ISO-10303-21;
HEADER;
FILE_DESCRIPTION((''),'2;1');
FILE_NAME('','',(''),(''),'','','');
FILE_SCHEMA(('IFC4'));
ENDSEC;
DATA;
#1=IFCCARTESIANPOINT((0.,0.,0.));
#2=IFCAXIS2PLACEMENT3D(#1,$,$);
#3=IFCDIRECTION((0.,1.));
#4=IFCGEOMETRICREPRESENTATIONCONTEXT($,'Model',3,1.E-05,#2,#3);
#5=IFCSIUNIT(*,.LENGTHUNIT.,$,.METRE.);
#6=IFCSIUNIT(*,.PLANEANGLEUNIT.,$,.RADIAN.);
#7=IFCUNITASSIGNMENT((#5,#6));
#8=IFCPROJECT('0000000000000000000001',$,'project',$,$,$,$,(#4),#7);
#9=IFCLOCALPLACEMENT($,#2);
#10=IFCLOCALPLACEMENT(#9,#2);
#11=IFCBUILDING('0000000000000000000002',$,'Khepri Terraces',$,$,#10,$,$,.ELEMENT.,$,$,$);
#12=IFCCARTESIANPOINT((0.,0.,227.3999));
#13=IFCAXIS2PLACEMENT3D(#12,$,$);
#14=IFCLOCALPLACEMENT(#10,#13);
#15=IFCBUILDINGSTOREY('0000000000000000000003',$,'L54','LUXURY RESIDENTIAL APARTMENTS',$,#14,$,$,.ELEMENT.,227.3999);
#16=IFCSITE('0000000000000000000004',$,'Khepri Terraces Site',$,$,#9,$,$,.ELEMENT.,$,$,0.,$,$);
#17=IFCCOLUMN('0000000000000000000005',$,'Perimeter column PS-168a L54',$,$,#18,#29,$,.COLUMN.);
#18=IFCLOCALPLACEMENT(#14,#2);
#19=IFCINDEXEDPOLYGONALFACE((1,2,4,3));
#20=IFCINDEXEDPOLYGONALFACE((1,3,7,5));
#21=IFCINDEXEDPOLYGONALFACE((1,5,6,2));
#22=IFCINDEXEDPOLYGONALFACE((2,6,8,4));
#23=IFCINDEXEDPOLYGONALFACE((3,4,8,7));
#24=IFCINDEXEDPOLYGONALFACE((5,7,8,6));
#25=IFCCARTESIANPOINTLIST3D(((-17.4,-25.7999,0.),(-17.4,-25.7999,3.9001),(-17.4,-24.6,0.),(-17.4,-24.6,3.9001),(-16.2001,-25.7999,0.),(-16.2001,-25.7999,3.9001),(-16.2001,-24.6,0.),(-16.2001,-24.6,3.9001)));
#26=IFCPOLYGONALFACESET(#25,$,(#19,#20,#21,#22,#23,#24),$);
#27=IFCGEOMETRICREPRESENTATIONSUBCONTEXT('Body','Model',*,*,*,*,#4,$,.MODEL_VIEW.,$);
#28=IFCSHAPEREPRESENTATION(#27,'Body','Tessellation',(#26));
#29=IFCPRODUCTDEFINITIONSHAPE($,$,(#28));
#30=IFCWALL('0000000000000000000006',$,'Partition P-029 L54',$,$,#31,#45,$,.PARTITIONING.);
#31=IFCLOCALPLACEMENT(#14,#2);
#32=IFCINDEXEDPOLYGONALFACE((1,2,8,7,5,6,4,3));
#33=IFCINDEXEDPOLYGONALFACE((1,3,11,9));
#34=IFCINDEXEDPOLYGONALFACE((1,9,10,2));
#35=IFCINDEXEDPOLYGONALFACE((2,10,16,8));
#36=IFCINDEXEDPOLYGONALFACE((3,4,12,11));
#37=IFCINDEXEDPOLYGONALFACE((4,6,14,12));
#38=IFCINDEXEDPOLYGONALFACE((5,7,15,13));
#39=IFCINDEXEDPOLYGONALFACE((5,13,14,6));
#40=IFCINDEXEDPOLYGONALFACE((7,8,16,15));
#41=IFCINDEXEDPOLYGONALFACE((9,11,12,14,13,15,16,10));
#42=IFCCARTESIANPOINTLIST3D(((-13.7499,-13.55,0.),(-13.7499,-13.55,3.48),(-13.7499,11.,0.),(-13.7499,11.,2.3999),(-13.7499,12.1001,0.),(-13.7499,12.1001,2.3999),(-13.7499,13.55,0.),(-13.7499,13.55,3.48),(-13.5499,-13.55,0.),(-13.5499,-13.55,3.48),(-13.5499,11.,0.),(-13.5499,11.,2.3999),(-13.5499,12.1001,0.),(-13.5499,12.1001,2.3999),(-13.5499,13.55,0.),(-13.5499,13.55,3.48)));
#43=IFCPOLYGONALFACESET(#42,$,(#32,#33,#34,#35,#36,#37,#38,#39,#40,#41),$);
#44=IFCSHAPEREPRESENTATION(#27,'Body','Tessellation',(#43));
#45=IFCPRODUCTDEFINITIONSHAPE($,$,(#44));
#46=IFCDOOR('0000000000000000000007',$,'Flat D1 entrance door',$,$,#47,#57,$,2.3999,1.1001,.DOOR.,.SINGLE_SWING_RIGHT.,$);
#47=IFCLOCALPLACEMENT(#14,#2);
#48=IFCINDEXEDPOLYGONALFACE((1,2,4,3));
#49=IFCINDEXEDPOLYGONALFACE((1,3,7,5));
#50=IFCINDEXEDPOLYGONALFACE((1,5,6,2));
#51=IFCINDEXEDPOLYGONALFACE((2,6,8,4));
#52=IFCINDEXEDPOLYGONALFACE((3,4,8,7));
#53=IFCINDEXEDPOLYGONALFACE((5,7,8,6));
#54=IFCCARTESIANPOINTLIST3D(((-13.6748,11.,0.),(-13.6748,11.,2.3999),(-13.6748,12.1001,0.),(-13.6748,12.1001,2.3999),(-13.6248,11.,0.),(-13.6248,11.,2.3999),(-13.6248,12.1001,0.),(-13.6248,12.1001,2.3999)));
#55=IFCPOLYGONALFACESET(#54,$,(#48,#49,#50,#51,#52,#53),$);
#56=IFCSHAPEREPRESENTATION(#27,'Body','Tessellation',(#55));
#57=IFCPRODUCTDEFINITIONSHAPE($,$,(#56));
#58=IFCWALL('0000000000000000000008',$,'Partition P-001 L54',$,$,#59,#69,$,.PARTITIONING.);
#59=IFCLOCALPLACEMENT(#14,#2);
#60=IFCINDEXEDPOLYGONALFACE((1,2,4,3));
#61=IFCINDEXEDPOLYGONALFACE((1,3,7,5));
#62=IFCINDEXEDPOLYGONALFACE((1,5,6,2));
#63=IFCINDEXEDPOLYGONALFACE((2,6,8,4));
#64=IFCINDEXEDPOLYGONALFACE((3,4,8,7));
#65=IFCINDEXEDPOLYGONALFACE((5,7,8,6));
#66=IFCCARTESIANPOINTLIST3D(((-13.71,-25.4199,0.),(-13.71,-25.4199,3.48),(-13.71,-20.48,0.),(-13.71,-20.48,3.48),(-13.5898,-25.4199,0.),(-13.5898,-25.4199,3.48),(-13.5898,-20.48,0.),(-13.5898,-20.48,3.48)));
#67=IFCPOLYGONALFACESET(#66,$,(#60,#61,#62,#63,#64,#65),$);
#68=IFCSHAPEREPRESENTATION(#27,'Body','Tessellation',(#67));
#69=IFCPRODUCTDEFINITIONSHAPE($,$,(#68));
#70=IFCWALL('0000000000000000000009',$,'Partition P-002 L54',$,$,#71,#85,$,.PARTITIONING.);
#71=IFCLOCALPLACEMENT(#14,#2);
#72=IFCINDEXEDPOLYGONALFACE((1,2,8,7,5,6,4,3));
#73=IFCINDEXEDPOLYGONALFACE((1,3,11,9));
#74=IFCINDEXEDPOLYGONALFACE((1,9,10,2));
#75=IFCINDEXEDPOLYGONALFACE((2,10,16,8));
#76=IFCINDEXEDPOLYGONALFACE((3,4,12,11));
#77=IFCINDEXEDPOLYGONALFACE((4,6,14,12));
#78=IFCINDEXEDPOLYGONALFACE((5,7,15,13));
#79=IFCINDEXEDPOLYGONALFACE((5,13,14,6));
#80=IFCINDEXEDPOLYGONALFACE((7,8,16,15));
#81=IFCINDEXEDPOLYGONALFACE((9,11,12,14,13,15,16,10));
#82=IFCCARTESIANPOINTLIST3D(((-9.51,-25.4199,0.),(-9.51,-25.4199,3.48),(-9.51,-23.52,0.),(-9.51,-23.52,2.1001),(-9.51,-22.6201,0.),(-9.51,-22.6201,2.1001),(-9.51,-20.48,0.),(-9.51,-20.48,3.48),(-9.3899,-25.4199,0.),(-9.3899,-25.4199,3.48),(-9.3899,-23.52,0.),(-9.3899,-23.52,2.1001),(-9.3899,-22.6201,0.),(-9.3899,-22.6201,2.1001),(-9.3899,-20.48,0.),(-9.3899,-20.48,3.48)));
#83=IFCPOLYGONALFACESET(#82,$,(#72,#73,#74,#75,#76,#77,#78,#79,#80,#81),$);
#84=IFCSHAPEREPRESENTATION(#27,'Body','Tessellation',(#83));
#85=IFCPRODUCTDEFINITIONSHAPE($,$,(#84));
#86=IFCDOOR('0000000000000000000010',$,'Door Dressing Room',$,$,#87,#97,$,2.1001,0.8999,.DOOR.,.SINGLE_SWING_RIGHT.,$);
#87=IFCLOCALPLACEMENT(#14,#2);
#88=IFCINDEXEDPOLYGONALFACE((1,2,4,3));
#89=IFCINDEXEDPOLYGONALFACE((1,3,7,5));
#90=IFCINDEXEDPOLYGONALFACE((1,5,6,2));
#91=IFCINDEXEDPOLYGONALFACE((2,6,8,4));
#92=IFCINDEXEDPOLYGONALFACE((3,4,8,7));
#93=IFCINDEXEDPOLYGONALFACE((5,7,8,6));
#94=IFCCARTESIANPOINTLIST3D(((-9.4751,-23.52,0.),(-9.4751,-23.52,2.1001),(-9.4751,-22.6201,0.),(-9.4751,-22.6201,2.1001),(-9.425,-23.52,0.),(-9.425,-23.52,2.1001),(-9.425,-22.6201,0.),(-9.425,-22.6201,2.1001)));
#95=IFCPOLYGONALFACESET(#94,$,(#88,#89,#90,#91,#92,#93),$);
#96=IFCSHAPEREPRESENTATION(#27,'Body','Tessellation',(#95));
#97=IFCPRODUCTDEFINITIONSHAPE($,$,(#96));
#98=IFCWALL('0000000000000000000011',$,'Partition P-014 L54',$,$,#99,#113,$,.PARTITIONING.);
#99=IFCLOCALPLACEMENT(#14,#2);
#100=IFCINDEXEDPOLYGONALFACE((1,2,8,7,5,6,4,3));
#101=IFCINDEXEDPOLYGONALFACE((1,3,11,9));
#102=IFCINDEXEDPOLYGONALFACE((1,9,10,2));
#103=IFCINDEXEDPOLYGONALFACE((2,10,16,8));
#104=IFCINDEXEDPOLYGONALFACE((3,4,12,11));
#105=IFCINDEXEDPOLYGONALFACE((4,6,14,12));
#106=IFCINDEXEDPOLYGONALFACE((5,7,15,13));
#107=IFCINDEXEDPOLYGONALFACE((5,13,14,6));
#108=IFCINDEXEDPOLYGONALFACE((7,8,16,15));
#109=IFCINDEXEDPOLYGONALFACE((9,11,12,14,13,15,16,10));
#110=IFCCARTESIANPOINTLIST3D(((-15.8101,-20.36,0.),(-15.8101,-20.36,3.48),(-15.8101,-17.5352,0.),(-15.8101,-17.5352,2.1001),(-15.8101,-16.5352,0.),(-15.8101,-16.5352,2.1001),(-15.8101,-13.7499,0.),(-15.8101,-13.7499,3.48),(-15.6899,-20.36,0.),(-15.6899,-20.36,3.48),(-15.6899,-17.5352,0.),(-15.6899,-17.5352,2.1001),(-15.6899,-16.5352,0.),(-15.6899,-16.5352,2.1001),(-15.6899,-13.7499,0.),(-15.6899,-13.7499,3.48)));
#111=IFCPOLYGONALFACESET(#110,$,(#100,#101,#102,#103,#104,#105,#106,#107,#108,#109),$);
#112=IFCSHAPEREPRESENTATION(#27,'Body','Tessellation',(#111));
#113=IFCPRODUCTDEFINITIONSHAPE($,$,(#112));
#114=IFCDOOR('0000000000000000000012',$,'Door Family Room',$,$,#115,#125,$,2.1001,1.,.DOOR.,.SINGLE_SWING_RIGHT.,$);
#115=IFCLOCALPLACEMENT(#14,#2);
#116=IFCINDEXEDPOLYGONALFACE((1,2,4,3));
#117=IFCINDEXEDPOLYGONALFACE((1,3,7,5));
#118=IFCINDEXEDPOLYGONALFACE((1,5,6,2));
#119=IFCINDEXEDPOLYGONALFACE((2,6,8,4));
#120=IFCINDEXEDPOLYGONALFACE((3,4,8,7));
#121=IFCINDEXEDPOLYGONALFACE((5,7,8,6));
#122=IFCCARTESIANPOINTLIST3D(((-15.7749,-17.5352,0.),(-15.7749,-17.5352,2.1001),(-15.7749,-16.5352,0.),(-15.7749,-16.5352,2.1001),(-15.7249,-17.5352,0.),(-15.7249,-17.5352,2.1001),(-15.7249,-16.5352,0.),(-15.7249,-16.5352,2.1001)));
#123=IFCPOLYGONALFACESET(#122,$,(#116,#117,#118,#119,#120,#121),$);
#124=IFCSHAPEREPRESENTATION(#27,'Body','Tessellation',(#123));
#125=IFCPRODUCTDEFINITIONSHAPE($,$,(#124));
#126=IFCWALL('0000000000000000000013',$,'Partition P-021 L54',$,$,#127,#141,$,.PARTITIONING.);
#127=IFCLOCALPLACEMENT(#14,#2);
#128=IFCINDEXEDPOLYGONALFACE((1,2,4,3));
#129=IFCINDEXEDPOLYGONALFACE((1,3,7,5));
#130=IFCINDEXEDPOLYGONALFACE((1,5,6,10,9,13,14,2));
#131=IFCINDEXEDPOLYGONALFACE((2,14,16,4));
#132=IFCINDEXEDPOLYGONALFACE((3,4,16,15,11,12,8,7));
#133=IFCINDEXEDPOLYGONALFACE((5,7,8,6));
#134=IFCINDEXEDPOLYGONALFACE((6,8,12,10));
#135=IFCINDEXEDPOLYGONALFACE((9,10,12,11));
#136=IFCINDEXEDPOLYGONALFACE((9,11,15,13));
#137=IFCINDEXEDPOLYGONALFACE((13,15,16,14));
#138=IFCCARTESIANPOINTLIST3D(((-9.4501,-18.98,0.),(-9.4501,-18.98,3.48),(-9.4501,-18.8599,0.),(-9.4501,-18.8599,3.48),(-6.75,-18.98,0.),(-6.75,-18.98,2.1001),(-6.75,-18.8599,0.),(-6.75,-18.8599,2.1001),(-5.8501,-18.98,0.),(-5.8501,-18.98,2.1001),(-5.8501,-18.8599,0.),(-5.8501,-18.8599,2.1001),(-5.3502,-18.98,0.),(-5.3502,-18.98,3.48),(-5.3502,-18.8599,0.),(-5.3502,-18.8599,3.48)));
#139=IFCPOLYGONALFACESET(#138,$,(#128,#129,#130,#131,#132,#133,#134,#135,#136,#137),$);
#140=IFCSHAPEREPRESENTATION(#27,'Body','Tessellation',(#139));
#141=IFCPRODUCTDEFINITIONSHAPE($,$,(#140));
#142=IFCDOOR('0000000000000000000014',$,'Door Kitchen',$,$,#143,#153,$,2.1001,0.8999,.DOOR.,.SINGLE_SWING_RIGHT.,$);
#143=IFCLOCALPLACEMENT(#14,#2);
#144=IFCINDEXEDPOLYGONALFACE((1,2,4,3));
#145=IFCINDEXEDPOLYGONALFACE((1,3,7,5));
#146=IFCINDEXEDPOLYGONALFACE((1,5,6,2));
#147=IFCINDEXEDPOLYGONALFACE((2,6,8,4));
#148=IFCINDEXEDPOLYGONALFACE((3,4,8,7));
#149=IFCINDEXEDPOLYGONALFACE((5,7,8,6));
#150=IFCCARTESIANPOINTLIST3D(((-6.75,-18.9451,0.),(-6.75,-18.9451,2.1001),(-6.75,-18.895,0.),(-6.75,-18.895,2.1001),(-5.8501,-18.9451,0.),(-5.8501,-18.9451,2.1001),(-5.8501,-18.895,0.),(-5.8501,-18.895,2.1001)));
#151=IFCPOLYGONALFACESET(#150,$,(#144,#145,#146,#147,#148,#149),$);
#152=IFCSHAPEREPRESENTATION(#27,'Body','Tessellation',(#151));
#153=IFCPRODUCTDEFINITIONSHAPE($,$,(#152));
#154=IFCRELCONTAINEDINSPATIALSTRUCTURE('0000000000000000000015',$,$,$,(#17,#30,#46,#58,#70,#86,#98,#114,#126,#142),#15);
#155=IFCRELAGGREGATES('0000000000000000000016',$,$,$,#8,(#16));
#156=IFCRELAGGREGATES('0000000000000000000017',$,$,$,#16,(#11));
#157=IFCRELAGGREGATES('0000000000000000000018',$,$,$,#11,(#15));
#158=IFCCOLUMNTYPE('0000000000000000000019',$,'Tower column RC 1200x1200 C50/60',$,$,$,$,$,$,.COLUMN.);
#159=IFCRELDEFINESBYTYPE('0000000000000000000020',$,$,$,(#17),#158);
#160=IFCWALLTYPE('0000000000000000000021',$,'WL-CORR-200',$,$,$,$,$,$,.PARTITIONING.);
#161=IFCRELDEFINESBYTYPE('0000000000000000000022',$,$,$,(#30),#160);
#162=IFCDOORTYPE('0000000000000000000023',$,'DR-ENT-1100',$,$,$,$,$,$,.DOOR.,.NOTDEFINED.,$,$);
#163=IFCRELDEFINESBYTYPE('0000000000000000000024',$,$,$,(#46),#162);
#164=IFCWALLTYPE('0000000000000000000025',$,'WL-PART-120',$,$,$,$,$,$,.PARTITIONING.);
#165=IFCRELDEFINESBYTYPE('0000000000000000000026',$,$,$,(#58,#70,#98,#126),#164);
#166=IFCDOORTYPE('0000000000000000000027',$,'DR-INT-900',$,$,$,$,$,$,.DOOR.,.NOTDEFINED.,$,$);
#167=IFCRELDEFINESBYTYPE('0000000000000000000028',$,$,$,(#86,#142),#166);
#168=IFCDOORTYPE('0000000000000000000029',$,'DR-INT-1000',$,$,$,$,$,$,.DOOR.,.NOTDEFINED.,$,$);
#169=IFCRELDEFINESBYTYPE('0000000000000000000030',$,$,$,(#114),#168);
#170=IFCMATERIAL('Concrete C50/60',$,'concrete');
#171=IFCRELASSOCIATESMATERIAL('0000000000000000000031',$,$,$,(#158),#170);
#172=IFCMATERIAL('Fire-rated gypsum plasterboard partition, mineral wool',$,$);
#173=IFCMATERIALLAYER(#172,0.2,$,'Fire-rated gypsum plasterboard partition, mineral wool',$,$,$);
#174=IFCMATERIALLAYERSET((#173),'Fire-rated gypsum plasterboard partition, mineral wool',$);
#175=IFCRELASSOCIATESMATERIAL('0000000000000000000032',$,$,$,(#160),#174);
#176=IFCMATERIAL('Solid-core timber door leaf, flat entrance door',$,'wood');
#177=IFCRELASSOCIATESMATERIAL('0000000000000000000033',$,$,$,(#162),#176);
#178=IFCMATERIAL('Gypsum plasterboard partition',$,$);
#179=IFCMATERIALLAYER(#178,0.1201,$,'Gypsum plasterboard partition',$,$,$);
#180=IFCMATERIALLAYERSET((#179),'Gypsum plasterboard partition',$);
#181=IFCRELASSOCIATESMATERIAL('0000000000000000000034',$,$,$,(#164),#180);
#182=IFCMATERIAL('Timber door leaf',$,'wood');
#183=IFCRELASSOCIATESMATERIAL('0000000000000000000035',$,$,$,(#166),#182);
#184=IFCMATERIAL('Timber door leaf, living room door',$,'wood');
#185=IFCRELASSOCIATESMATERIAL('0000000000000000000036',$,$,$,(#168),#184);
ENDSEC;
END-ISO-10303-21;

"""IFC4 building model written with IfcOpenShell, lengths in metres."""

from ifc_helpers import new_model, si_unit, direction, frame, frame_2d, origin, origin_2d, place, context, subcontext, project, spatial, rectangle, extrude, material, layer, layer_set, material_profile, profile_set, type_object, element, fill, save


model = new_model("IFC4")

# Units and contexts
model_context = context("Model", 3, precision=1e-05, world=origin(), true_north=direction((0.0, 1.0)))
body_context = subcontext(model_context, "Body", "Model", "MODEL_VIEW")
ifc_project = project(units=[si_unit("LENGTHUNIT", "METRE"), si_unit("PLANEANGLEUNIT", "RADIAN")], contexts=[model_context])

# Site, building, storey
site_placement = place(None, origin())
site = spatial("IfcSite", under=ifc_project, at=site_placement, Name="Khepri Terraces Site", CompositionType="ELEMENT", RefElevation=0.0)
building_placement = place(site_placement, origin())
building = spatial("IfcBuilding", under=site, at=building_placement, Name="Khepri Terraces", CompositionType="ELEMENT")
storey_placement = place(building_placement, frame((0.0, 0.0, 227.3999)))
storey = spatial("IfcBuildingStorey", under=building, at=storey_placement, Name="L54", Description="LUXURY RESIDENTIAL APARTMENTS", CompositionType="ELEMENT", Elevation=227.3999)

# Column
ifc_material_1 = material(Name="Concrete C50/60", Category="concrete")
ifc_material_profile = material_profile(ifc_material_1, rectangle(XDim=1.2, YDim=1.2, at=origin_2d()), Name="Concrete C50/60", Category="concrete")
ifc_profile_set = profile_set([ifc_material_profile], Name="Concrete C50/60")
column_type = type_object("IfcColumnType", Name="Tower column RC 1200x1200 C50/60", PredefinedType="COLUMN", material=ifc_profile_set)
column_placement = place(storey_placement, frame((-16.8, -25.2, 0.0), z_axis=(0.0, 0.0, 1.0), x_axis=(1.0, 0.0, 0.0)))
element("IfcColumn", 1, at=column_placement, inside=storey, type_object=column_type, Name="Perimeter column PS-168a L54", PredefinedType="COLUMN", context=body_context, shape_type="SweptSolid", body=[
    extrude(rectangle(XDim=1.2, YDim=1.2, at=origin_2d()), origin(), (0.0, 0.0, 1.0), 3.9001),
])

# Wall, opening, door
ifc_material_2 = material(Name="Fire-rated gypsum plasterboard partition, mineral wool")
ifc_layer_1 = layer(ifc_material_2, 0.2, Name="Fire-rated gypsum plasterboard partition, mineral wool")
ifc_layer_set_1 = layer_set([ifc_layer_1], Name="Fire-rated gypsum plasterboard partition, mineral wool")
wall_type_1 = type_object("IfcWallType", Name="WL-CORR-200", PredefinedType="PARTITIONING", material=ifc_layer_set_1)
wall_1_placement = place(storey_placement, frame((-13.6499, -13.55, 0.0), z_axis=(0.0, 0.0, 1.0), x_axis=(0.0, 1.0, 0.0)))
wall_1 = element("IfcWall", 2, at=wall_1_placement, inside=storey, type_object=wall_type_1, Name="Partition P-029 L54", PredefinedType="PARTITIONING", context=body_context, shape_type="SweptSolid", body=[
    extrude(rectangle(XDim=27.1001, YDim=0.2, at=frame_2d((13.55, 0.0))), origin(), (0.0, 0.0, 1.0), 3.48),
])
opening_1_placement = place(wall_1_placement, frame((24.55, 0.0, 0.0)))
opening_1 = element("IfcOpeningElement", 3, at=opening_1_placement, cuts=wall_1, PredefinedType="OPENING", context=body_context, shape_type="SweptSolid", body=[
    extrude(rectangle(XDim=1.1001, YDim=2.3999, at=frame_2d((0.55, 1.2))), frame((0.0, 0.1099, 0.0), z_axis=(0.0, -1.0, 0.0), x_axis=(1.0, 0.0, 0.0)), (0.0, 0.0, 1.0), 0.22),
])
ifc_material_3 = material(Name="Solid-core timber door leaf, flat entrance door", Category="wood")
door_type_1 = type_object("IfcDoorType", Name="DR-ENT-1100", OperationType="NOTDEFINED", PredefinedType="DOOR", material=ifc_material_3)
door_1_placement = place(opening_1_placement, origin())
door_1 = element("IfcDoor", 4, at=door_1_placement, inside=storey, type_object=door_type_1, Name="Flat D1 entrance door", OperationType="SINGLE_SWING_RIGHT", OverallHeight=2.3999, OverallWidth=1.1001, PredefinedType="DOOR", context=body_context, shape_type="SweptSolid", body=[
    extrude(rectangle(XDim=1.1001, YDim=2.3999, at=frame_2d((0.55, 1.2))), frame((0.0, 0.0249, 0.0), z_axis=(0.0, -1.0, 0.0), x_axis=(1.0, 0.0, 0.0)), (0.0, 0.0, 1.0), 0.05),
])
fill(opening_1, door_1)

# Wall
ifc_material_4 = material(Name="Gypsum plasterboard partition")
ifc_layer_2 = layer(ifc_material_4, 0.1201, Name="Gypsum plasterboard partition")
ifc_layer_set_2 = layer_set([ifc_layer_2], Name="Gypsum plasterboard partition")
wall_type_2 = type_object("IfcWallType", Name="WL-PART-120", PredefinedType="PARTITIONING", material=ifc_layer_set_2)
wall_2_placement = place(storey_placement, frame((-13.6499, -25.4199, 0.0), z_axis=(0.0, 0.0, 1.0), x_axis=(0.0, 1.0, 0.0)))
element("IfcWall", 5, at=wall_2_placement, inside=storey, type_object=wall_type_2, Name="Partition P-001 L54", PredefinedType="PARTITIONING", context=body_context, shape_type="SweptSolid", body=[
    extrude(rectangle(XDim=4.9399, YDim=0.1201, at=frame_2d((2.47, 0.0))), origin(), (0.0, 0.0, 1.0), 3.48),
])

# Walls, openings, doors
wall_3_placement = place(storey_placement, frame((-9.45, -25.4199, 0.0), z_axis=(0.0, 0.0, 1.0), x_axis=(0.0, 1.0, 0.0)))
wall_3 = element("IfcWall", 6, at=wall_3_placement, inside=storey, type_object=wall_type_2, Name="Partition P-002 L54", PredefinedType="PARTITIONING", context=body_context, shape_type="SweptSolid", body=[
    extrude(rectangle(XDim=4.9399, YDim=0.1201, at=frame_2d((2.47, 0.0))), origin(), (0.0, 0.0, 1.0), 3.48),
])
opening_2_placement = place(wall_3_placement, frame((1.8999, 0.0, 0.0)))
opening_2 = element("IfcOpeningElement", 7, at=opening_2_placement, cuts=wall_3, PredefinedType="OPENING", context=body_context, shape_type="SweptSolid", body=[
    extrude(rectangle(XDim=0.8999, YDim=2.1001, at=frame_2d((0.45, 1.05))), frame((0.0, 0.0701, 0.0), z_axis=(0.0, -1.0, 0.0), x_axis=(1.0, 0.0, 0.0)), (0.0, 0.0, 1.0), 0.1401),
])
ifc_material_5 = material(Name="Timber door leaf", Category="wood")
door_type_2 = type_object("IfcDoorType", Name="DR-INT-900", OperationType="NOTDEFINED", PredefinedType="DOOR", material=ifc_material_5)
door_2_placement = place(opening_2_placement, frame((0.8999, 0.0, 0.0), z_axis=(0.0, 0.0, 1.0), x_axis=(-1.0, 0.0, 0.0)))
door_2 = element("IfcDoor", 8, at=door_2_placement, inside=storey, type_object=door_type_2, Name="Door Dressing Room", OperationType="SINGLE_SWING_RIGHT", OverallHeight=2.1001, OverallWidth=0.8999, PredefinedType="DOOR", context=body_context, shape_type="SweptSolid", body=[
    extrude(rectangle(XDim=0.8999, YDim=2.1001, at=frame_2d((0.45, 1.05))), frame((0.0, 0.0249, 0.0), z_axis=(0.0, -1.0, 0.0), x_axis=(1.0, 0.0, 0.0)), (0.0, 0.0, 1.0), 0.05),
])
fill(opening_2, door_2)
wall_4_placement = place(storey_placement, frame((-15.75, -20.3601, 0.0), z_axis=(0.0, 0.0, 1.0), x_axis=(0.0, 1.0, 0.0)))
wall_4 = element("IfcWall", 9, at=wall_4_placement, inside=storey, type_object=wall_type_2, Name="Partition P-014 L54", PredefinedType="PARTITIONING", context=body_context, shape_type="SweptSolid", body=[
    extrude(rectangle(XDim=6.6101, YDim=0.1201, at=frame_2d((3.3052, 0.0))), origin(), (0.0, 0.0, 1.0), 3.48),
])
opening_3_placement = place(wall_4_placement, frame((2.825, 0.0, 0.0)))
opening_3 = element("IfcOpeningElement", 10, at=opening_3_placement, cuts=wall_4, PredefinedType="OPENING", context=body_context, shape_type="SweptSolid", body=[
    extrude(rectangle(XDim=1.0, YDim=2.1001, at=frame_2d((0.5, 1.05))), frame((0.0, 0.0701, 0.0), z_axis=(0.0, -1.0, 0.0), x_axis=(1.0, 0.0, 0.0)), (0.0, 0.0, 1.0), 0.1401),
])
ifc_material_6 = material(Name="Timber door leaf, living room door", Category="wood")
door_type_3 = type_object("IfcDoorType", Name="DR-INT-1000", OperationType="NOTDEFINED", PredefinedType="DOOR", material=ifc_material_6)
door_3_placement = place(opening_3_placement, origin())
door_3 = element("IfcDoor", 11, at=door_3_placement, inside=storey, type_object=door_type_3, Name="Door Family Room", OperationType="SINGLE_SWING_RIGHT", OverallHeight=2.1001, OverallWidth=1.0, PredefinedType="DOOR", context=body_context, shape_type="SweptSolid", body=[
    extrude(rectangle(XDim=1.0, YDim=2.1001, at=frame_2d((0.5, 1.05))), frame((0.0, 0.0249, 0.0), z_axis=(0.0, -1.0, 0.0), x_axis=(1.0, 0.0, 0.0)), (0.0, 0.0, 1.0), 0.05),
])
fill(opening_3, door_3)
wall_5_placement = place(storey_placement, frame((-9.45, -18.9199, 0.0), z_axis=(0.0, 0.0, 1.0), x_axis=(1.0, 0.0, 0.0)))
wall_5 = element("IfcWall", 12, at=wall_5_placement, inside=storey, type_object=wall_type_2, Name="Partition P-021 L54", PredefinedType="PARTITIONING", context=body_context, shape_type="SweptSolid", body=[
    extrude(rectangle(XDim=4.0999, YDim=0.1201, at=frame_2d((2.0498, 0.0))), origin(), (0.0, 0.0, 1.0), 3.48),
])
opening_4_placement = place(wall_5_placement, frame((2.7, 0.0, 0.0)))
opening_4 = element("IfcOpeningElement", 13, at=opening_4_placement, cuts=wall_5, PredefinedType="OPENING", context=body_context, shape_type="SweptSolid", body=[
    extrude(rectangle(XDim=0.8999, YDim=2.1001, at=frame_2d((0.45, 1.05))), frame((0.0, 0.0701, 0.0), z_axis=(0.0, -1.0, 0.0), x_axis=(1.0, 0.0, 0.0)), (0.0, 0.0, 1.0), 0.1401),
])
door_4_placement = place(opening_4_placement, origin())
door_4 = element("IfcDoor", 14, at=door_4_placement, inside=storey, type_object=door_type_2, Name="Door Kitchen", OperationType="SINGLE_SWING_RIGHT", OverallHeight=2.1001, OverallWidth=0.8999, PredefinedType="DOOR", context=body_context, shape_type="SweptSolid", body=[
    extrude(rectangle(XDim=0.8999, YDim=2.1001, at=frame_2d((0.45, 1.05))), frame((0.0, 0.0249, 0.0), z_axis=(0.0, -1.0, 0.0), x_axis=(1.0, 0.0, 0.0)), (0.0, 0.0, 1.0), 0.05),
])
fill(opening_4, door_4)

save(model, "model.ifc")
